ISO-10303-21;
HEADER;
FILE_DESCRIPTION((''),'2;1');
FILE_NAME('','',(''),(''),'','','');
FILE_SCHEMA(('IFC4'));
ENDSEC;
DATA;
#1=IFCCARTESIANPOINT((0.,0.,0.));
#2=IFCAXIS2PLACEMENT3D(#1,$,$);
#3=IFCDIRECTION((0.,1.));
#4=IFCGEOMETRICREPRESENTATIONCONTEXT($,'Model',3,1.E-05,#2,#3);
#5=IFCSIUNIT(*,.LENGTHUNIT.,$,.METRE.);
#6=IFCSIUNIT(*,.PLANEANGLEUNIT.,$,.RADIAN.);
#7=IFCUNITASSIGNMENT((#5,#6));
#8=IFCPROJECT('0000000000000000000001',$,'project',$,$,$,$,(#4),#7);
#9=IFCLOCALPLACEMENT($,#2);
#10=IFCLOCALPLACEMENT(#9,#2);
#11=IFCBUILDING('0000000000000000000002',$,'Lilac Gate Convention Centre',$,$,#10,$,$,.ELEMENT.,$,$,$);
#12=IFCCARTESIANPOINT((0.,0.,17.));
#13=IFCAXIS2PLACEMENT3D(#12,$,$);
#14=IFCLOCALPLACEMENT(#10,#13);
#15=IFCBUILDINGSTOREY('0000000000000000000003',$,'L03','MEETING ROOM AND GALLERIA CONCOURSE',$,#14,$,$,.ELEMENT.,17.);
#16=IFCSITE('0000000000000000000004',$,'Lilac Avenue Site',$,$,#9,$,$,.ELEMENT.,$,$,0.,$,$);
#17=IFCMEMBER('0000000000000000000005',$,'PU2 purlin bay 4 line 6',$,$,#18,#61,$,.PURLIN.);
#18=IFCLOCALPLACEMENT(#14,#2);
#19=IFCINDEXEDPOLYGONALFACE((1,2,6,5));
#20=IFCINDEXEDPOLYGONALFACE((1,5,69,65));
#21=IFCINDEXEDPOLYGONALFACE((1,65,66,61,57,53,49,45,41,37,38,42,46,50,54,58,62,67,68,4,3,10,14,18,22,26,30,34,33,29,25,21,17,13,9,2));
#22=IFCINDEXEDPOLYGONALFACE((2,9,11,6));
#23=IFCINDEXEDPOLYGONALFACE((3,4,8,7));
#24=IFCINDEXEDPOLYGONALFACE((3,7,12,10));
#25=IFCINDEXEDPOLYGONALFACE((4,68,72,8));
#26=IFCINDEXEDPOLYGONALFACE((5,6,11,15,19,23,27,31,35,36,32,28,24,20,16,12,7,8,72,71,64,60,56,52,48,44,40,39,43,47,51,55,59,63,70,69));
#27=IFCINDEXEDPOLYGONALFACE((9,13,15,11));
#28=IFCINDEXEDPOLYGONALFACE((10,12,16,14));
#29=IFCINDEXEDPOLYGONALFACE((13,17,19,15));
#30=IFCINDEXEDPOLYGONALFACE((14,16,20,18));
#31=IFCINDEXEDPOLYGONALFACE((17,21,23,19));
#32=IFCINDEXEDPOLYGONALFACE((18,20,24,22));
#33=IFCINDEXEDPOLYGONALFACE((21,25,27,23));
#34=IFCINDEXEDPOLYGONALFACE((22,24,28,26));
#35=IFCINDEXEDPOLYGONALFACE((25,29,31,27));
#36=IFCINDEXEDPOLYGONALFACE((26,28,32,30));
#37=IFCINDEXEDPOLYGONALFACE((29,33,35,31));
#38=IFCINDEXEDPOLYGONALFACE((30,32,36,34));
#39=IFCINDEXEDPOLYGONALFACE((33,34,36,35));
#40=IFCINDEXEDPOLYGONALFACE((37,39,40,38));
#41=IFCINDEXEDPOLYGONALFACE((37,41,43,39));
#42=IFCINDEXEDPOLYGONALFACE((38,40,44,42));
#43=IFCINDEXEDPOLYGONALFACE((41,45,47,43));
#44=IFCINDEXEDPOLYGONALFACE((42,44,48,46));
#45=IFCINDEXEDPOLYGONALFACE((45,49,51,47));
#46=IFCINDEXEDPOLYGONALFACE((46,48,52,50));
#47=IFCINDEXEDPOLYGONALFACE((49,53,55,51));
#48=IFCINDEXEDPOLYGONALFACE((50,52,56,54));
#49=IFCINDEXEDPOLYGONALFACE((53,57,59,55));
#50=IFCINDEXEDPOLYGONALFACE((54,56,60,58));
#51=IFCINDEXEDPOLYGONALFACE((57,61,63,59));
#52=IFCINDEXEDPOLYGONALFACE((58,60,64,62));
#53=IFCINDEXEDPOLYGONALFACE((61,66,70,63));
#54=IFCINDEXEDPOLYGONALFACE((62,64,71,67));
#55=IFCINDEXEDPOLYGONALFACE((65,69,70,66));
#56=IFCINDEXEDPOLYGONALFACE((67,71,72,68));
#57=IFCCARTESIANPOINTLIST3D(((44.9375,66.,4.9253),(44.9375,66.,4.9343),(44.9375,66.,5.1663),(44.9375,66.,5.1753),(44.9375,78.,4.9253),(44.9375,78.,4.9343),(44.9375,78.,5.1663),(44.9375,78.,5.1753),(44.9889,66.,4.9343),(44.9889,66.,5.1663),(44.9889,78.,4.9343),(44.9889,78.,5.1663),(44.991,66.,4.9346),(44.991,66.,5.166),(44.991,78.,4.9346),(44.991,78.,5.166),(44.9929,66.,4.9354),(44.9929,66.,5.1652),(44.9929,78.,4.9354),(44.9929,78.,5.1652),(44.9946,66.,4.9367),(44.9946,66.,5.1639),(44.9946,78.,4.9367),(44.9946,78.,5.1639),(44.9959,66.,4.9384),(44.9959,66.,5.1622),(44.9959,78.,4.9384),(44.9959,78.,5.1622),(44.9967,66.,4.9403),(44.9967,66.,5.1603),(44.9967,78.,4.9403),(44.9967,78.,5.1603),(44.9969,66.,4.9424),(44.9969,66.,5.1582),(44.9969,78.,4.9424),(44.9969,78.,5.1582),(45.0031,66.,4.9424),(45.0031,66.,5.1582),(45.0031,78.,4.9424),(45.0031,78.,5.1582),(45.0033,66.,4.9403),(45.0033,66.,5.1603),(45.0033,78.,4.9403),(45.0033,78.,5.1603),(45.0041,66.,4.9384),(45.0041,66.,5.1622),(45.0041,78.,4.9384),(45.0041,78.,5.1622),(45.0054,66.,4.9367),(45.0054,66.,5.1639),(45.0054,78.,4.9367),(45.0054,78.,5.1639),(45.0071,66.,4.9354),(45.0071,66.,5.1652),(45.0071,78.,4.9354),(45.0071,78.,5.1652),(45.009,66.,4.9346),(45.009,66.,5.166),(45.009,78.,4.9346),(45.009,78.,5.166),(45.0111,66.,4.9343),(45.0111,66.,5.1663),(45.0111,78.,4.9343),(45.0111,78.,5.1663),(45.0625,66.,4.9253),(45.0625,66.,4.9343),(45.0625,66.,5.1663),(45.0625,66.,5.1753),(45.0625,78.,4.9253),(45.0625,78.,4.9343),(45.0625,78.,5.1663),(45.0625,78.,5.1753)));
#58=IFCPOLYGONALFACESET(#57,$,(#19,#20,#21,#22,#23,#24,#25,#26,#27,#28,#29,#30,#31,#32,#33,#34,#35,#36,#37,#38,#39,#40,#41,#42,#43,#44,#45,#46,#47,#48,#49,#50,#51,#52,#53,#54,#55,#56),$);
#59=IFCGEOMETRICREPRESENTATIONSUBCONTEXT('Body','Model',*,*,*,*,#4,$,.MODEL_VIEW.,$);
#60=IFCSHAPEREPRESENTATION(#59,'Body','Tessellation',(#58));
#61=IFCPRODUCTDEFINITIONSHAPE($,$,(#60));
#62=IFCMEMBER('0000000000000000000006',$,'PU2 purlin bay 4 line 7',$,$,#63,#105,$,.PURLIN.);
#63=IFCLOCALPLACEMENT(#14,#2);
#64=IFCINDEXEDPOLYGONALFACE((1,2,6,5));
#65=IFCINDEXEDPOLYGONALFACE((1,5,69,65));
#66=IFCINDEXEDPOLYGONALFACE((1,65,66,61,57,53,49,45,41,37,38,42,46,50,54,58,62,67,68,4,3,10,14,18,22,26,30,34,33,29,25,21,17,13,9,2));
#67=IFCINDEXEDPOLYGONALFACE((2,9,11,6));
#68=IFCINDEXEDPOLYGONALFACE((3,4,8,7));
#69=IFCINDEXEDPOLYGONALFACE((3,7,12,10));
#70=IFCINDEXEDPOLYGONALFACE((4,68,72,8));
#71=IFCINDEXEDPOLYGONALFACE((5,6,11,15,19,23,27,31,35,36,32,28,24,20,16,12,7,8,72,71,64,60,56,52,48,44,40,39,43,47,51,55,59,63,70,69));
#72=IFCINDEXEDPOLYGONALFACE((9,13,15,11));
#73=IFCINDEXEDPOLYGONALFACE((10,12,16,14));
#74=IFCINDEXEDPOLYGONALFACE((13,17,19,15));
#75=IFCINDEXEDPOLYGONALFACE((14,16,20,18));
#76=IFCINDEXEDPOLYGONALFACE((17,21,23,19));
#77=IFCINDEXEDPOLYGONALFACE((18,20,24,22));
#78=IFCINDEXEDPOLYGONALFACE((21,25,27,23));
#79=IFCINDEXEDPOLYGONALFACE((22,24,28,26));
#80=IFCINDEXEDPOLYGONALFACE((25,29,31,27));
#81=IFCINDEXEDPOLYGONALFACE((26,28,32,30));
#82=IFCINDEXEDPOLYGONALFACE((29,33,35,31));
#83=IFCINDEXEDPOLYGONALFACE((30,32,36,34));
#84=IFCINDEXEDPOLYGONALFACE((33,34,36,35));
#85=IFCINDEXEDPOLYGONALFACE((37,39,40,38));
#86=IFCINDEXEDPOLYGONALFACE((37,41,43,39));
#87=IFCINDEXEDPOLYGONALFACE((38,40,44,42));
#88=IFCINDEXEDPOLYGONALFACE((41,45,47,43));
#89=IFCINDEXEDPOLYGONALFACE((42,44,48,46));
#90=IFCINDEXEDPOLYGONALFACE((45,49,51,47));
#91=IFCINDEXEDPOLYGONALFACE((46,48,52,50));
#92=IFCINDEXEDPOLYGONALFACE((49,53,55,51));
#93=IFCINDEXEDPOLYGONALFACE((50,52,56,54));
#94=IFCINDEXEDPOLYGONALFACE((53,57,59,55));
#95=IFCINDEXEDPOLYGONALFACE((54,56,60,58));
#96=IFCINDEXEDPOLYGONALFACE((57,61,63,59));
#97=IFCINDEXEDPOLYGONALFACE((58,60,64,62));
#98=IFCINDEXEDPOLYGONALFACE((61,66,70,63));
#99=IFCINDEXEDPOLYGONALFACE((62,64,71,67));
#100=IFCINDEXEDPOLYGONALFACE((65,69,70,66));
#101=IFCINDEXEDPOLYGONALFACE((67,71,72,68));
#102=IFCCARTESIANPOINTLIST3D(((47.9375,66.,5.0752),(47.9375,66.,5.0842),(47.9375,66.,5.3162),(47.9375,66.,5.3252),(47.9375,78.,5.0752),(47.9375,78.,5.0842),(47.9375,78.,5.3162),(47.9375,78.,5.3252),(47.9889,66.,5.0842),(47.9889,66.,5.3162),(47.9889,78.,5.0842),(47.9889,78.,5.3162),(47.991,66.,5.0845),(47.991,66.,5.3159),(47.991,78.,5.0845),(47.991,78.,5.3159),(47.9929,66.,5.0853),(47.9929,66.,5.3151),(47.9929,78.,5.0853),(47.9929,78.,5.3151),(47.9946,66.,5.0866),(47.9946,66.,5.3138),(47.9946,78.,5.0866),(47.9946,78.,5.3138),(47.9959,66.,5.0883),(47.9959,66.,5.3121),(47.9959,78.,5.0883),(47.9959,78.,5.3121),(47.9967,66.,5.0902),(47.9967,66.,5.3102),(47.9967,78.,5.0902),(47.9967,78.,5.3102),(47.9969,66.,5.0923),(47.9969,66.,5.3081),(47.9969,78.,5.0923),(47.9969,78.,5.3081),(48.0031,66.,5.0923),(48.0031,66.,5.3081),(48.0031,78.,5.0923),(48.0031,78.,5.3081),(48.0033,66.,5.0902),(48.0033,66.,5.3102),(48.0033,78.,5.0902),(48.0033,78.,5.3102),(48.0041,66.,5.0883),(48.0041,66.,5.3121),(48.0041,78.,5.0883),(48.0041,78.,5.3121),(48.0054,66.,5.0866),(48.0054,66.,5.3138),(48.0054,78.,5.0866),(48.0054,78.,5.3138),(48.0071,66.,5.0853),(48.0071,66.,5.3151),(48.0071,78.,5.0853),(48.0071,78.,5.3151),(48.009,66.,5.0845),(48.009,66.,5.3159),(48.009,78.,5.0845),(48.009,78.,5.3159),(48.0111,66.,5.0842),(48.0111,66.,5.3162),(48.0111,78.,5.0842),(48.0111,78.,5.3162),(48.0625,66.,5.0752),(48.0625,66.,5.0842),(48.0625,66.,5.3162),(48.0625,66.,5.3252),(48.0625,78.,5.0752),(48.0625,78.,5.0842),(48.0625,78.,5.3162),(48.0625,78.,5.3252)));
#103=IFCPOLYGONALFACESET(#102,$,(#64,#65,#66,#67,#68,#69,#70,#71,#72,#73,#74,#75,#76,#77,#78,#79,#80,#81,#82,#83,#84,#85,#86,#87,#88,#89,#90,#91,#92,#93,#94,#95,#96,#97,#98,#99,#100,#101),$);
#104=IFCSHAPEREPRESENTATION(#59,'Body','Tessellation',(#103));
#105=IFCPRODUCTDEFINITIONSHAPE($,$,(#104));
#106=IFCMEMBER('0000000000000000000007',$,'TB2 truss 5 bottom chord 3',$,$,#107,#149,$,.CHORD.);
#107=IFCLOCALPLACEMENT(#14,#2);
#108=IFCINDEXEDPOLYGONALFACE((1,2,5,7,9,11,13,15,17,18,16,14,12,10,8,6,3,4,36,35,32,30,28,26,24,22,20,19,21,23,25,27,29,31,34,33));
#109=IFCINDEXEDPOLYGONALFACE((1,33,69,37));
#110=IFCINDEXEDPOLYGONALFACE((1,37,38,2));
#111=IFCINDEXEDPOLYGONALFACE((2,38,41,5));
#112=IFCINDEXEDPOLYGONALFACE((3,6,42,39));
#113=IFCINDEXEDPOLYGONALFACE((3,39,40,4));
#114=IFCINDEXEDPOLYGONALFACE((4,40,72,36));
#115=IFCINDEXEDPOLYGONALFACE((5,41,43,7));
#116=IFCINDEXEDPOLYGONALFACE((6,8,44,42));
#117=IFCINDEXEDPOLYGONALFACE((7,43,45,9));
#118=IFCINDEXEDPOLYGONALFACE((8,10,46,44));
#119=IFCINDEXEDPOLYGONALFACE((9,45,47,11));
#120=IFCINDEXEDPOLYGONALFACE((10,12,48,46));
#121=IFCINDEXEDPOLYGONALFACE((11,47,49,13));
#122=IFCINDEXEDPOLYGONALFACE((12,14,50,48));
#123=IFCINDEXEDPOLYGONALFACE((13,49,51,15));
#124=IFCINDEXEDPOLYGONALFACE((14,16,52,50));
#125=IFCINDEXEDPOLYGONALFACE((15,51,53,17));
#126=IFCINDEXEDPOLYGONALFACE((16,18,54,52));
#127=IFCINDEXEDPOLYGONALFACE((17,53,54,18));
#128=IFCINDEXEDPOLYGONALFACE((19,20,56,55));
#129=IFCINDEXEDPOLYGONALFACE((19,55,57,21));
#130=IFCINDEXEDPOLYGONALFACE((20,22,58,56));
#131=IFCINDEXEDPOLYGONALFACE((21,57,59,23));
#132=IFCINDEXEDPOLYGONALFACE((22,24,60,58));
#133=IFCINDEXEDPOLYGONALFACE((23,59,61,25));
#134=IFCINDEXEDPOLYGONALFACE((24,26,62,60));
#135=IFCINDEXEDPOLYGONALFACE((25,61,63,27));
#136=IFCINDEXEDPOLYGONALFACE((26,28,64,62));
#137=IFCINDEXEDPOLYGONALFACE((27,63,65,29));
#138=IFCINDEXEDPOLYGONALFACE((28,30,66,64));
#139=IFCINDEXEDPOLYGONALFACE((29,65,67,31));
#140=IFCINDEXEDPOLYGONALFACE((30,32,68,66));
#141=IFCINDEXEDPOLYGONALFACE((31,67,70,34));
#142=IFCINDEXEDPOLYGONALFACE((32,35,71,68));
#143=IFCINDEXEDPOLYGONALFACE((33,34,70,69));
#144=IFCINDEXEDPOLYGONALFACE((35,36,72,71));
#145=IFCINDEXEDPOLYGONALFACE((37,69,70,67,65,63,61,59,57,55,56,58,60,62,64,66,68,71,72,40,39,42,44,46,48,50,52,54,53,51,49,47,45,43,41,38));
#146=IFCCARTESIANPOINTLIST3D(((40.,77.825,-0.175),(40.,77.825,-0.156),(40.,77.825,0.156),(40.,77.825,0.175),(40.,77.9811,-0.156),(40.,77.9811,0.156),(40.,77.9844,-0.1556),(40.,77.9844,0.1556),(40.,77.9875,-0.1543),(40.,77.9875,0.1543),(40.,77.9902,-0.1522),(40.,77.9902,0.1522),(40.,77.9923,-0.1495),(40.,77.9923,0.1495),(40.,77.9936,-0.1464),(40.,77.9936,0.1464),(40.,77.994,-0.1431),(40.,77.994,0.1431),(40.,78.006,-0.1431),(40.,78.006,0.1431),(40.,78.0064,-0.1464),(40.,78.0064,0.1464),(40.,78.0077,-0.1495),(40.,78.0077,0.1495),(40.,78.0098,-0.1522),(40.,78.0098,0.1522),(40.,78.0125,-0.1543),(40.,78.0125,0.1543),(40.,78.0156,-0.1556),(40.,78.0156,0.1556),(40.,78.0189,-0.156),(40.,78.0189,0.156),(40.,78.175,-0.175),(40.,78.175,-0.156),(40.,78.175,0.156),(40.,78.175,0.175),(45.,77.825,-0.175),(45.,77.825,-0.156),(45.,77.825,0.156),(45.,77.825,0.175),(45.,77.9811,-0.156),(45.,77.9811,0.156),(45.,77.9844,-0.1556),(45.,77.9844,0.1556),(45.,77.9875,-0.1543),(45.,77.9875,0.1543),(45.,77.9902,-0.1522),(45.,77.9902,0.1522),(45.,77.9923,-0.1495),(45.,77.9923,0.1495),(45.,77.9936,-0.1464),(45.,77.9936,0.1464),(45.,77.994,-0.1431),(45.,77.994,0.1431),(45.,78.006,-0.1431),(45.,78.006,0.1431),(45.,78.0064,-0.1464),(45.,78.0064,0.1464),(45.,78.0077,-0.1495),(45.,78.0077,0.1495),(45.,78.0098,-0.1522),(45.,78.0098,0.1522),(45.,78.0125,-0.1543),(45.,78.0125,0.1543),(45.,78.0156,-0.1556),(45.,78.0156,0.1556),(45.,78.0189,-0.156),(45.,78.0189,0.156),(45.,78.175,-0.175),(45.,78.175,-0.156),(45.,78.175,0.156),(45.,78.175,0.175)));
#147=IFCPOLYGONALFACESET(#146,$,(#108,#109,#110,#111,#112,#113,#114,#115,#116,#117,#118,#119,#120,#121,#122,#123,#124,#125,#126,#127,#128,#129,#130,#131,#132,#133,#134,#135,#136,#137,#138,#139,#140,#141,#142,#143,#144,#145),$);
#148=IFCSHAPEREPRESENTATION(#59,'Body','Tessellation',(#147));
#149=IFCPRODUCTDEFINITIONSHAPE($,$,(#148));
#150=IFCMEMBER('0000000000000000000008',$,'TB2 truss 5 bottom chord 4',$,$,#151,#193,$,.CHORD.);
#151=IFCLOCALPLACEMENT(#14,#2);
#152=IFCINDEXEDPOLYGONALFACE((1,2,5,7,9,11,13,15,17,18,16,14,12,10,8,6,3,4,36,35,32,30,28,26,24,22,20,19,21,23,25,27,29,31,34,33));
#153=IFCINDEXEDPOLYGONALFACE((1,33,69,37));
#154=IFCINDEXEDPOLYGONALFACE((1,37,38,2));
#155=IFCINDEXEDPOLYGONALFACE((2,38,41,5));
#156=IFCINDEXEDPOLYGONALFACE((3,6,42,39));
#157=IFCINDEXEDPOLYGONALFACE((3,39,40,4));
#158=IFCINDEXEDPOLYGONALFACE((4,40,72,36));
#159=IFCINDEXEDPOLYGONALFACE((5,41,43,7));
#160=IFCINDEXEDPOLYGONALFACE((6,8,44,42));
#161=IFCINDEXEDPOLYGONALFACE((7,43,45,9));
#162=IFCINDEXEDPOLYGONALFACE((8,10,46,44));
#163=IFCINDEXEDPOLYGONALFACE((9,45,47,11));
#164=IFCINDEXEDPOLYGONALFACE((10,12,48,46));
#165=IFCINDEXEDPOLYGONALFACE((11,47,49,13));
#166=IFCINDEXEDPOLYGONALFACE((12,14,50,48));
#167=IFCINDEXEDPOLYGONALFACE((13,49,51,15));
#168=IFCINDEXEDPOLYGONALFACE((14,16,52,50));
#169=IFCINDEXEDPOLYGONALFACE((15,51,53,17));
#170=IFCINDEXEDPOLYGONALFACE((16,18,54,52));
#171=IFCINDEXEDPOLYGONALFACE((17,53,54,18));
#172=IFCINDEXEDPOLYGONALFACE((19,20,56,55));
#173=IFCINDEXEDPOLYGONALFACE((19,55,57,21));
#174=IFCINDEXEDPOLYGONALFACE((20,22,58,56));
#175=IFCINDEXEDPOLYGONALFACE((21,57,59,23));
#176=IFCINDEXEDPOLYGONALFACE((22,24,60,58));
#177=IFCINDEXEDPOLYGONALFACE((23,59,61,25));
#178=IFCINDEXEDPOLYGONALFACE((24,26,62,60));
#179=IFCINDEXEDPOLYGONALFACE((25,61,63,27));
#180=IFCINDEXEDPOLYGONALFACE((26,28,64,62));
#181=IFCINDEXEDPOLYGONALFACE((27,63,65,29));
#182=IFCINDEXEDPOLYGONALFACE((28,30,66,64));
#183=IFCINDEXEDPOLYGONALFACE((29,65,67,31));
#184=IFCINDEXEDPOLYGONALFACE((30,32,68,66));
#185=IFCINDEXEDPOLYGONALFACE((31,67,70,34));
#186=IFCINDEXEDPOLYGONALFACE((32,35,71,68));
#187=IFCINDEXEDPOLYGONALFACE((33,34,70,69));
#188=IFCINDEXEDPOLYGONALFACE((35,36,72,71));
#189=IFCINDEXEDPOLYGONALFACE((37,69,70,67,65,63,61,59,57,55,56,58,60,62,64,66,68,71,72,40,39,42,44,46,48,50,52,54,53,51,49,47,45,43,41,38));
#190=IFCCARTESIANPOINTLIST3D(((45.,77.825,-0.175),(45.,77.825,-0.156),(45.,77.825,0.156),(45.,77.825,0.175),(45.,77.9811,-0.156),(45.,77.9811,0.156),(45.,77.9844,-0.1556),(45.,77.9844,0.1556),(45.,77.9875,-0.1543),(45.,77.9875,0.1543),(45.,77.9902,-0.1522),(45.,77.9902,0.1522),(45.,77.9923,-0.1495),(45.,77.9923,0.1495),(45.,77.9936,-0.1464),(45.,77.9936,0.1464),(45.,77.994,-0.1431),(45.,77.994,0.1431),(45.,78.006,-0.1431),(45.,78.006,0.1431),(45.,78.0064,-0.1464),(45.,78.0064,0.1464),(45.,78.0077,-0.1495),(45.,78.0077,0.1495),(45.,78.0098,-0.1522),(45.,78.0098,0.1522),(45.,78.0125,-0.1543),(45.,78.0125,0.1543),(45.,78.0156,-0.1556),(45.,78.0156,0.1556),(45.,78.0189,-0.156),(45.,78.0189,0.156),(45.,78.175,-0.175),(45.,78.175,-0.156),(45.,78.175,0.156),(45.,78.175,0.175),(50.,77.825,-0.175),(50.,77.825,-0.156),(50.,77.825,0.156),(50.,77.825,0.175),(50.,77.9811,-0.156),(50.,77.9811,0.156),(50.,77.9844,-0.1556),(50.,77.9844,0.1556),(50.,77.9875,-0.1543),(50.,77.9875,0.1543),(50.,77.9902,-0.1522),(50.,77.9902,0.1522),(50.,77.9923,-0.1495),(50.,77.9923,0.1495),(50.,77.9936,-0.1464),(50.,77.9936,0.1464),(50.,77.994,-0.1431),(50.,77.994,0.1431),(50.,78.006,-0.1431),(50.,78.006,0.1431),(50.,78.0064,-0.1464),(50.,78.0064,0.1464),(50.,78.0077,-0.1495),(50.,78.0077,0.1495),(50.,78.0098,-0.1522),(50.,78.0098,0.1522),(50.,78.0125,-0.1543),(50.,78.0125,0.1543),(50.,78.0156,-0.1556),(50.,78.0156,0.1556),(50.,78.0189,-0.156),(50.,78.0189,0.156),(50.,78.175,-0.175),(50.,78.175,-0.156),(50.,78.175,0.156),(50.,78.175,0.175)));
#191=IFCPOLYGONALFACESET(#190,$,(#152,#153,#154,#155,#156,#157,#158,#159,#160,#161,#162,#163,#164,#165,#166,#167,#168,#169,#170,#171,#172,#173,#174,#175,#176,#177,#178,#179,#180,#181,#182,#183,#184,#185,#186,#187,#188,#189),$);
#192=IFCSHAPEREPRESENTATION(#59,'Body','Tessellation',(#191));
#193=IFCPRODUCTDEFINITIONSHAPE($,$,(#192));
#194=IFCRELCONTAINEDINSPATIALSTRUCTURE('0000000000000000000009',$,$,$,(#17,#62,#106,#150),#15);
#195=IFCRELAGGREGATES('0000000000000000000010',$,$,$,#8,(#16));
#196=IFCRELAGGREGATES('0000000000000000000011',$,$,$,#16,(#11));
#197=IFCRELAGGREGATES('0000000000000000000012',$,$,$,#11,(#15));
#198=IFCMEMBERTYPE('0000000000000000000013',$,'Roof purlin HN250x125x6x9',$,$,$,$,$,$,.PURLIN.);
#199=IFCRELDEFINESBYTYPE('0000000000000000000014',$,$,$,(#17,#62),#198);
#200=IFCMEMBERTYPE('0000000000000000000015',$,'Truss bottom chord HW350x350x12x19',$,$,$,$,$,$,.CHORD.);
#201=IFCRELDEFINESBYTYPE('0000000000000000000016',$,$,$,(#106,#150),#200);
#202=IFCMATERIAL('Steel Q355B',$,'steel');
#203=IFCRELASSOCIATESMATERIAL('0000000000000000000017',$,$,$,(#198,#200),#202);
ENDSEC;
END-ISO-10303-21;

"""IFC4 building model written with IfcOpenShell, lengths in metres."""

from ifc_helpers import new_model, si_unit, direction, frame, origin, origin_2d, place, context, subcontext, project, spatial, i_section, extrude, material, material_profile, profile_set, type_object, element, save


model = new_model("IFC4")

# Units and contexts
model_context = context("Model", 3, precision=1e-05, world=origin(), true_north=direction((0.0, 1.0)))
body_context = subcontext(model_context, "Body", "Model", "MODEL_VIEW")
ifc_project = project(units=[si_unit("LENGTHUNIT", "METRE"), si_unit("PLANEANGLEUNIT", "RADIAN")], contexts=[model_context])

# Site, building, storey
site_placement = place(None, origin())
site = spatial("IfcSite", under=ifc_project, at=site_placement, Name="Lilac Avenue Site", CompositionType="ELEMENT", RefElevation=0.0)
building_placement = place(site_placement, origin())
building = spatial("IfcBuilding", under=site, at=building_placement, Name="Lilac Gate Convention Centre", CompositionType="ELEMENT")
storey_placement = place(building_placement, frame((0.0, 0.0, 17.0)))
storey = spatial("IfcBuildingStorey", under=building, at=storey_placement, Name="L03", Description="MEETING ROOM AND GALLERIA CONCOURSE", CompositionType="ELEMENT", Elevation=17.0)

# Members
ifc_material = material(Name="Steel Q355B", Category="steel")
ifc_material_profile_1 = material_profile(ifc_material, i_section(OverallWidth=0.125, OverallDepth=0.25, WebThickness=0.0061, FlangeThickness=0.009, FilletRadius=0.0081, at=origin_2d()), Name="HN250x125x6x9")
ifc_profile_set_1 = profile_set([ifc_material_profile_1], Name="Steel Q355B")
member_type_1 = type_object("IfcMemberType", Name="Roof purlin HN250x125x6x9", PredefinedType="PURLIN", material=ifc_profile_set_1)
for number, where, z_axis, x_axis, name in (
    (1, (45.0, 66.0, 5.0503), (0.0, 1.0, 0.0), (-1.0, 0.0, 0.0), "PU2 purlin bay 4 line 6"),
    (2, (48.0, 66.0, 5.2002), (0.0, 1.0, 0.0), (-1.0, 0.0, 0.0), "PU2 purlin bay 4 line 7"),
):
    element("IfcMember", number, at=place(storey_placement, frame(where, z_axis=z_axis, x_axis=x_axis)), inside=storey, type_object=member_type_1, Name=name, PredefinedType="PURLIN", context=body_context, shape_type="SweptSolid", body=[
        extrude(i_section(OverallWidth=0.125, OverallDepth=0.25, WebThickness=0.0061, FlangeThickness=0.009, FilletRadius=0.0081, at=origin_2d()), origin(), (0.0, 0.0, 1.0), 12.0),
    ])
ifc_material_profile_2 = material_profile(ifc_material, i_section(OverallWidth=0.3501, OverallDepth=0.3501, WebThickness=0.012, FlangeThickness=0.019, FilletRadius=0.0129, at=origin_2d()), Name="HW350x350x12x19")
ifc_profile_set_2 = profile_set([ifc_material_profile_2], Name="Steel Q355B")
member_type_2 = type_object("IfcMemberType", Name="Truss bottom chord HW350x350x12x19", PredefinedType="CHORD", material=ifc_profile_set_2)
for number, where, z_axis, x_axis, name in (
    (3, (40.0, 78.0, 0.0), (1.0, 0.0, 0.0), (0.0, 1.0, 0.0), "TB2 truss 5 bottom chord 3"),
    (4, (45.0, 78.0, 0.0), (1.0, 0.0, 0.0), (0.0, 1.0, 0.0), "TB2 truss 5 bottom chord 4"),
):
    element("IfcMember", number, at=place(storey_placement, frame(where, z_axis=z_axis, x_axis=x_axis)), inside=storey, type_object=member_type_2, Name=name, PredefinedType="CHORD", context=body_context, shape_type="SweptSolid", body=[
        extrude(i_section(OverallWidth=0.3501, OverallDepth=0.3501, WebThickness=0.012, FlangeThickness=0.019, FilletRadius=0.0129, at=origin_2d()), origin(), (0.0, 0.0, 1.0), 5.0),
    ])

save(model, "model.ifc")
